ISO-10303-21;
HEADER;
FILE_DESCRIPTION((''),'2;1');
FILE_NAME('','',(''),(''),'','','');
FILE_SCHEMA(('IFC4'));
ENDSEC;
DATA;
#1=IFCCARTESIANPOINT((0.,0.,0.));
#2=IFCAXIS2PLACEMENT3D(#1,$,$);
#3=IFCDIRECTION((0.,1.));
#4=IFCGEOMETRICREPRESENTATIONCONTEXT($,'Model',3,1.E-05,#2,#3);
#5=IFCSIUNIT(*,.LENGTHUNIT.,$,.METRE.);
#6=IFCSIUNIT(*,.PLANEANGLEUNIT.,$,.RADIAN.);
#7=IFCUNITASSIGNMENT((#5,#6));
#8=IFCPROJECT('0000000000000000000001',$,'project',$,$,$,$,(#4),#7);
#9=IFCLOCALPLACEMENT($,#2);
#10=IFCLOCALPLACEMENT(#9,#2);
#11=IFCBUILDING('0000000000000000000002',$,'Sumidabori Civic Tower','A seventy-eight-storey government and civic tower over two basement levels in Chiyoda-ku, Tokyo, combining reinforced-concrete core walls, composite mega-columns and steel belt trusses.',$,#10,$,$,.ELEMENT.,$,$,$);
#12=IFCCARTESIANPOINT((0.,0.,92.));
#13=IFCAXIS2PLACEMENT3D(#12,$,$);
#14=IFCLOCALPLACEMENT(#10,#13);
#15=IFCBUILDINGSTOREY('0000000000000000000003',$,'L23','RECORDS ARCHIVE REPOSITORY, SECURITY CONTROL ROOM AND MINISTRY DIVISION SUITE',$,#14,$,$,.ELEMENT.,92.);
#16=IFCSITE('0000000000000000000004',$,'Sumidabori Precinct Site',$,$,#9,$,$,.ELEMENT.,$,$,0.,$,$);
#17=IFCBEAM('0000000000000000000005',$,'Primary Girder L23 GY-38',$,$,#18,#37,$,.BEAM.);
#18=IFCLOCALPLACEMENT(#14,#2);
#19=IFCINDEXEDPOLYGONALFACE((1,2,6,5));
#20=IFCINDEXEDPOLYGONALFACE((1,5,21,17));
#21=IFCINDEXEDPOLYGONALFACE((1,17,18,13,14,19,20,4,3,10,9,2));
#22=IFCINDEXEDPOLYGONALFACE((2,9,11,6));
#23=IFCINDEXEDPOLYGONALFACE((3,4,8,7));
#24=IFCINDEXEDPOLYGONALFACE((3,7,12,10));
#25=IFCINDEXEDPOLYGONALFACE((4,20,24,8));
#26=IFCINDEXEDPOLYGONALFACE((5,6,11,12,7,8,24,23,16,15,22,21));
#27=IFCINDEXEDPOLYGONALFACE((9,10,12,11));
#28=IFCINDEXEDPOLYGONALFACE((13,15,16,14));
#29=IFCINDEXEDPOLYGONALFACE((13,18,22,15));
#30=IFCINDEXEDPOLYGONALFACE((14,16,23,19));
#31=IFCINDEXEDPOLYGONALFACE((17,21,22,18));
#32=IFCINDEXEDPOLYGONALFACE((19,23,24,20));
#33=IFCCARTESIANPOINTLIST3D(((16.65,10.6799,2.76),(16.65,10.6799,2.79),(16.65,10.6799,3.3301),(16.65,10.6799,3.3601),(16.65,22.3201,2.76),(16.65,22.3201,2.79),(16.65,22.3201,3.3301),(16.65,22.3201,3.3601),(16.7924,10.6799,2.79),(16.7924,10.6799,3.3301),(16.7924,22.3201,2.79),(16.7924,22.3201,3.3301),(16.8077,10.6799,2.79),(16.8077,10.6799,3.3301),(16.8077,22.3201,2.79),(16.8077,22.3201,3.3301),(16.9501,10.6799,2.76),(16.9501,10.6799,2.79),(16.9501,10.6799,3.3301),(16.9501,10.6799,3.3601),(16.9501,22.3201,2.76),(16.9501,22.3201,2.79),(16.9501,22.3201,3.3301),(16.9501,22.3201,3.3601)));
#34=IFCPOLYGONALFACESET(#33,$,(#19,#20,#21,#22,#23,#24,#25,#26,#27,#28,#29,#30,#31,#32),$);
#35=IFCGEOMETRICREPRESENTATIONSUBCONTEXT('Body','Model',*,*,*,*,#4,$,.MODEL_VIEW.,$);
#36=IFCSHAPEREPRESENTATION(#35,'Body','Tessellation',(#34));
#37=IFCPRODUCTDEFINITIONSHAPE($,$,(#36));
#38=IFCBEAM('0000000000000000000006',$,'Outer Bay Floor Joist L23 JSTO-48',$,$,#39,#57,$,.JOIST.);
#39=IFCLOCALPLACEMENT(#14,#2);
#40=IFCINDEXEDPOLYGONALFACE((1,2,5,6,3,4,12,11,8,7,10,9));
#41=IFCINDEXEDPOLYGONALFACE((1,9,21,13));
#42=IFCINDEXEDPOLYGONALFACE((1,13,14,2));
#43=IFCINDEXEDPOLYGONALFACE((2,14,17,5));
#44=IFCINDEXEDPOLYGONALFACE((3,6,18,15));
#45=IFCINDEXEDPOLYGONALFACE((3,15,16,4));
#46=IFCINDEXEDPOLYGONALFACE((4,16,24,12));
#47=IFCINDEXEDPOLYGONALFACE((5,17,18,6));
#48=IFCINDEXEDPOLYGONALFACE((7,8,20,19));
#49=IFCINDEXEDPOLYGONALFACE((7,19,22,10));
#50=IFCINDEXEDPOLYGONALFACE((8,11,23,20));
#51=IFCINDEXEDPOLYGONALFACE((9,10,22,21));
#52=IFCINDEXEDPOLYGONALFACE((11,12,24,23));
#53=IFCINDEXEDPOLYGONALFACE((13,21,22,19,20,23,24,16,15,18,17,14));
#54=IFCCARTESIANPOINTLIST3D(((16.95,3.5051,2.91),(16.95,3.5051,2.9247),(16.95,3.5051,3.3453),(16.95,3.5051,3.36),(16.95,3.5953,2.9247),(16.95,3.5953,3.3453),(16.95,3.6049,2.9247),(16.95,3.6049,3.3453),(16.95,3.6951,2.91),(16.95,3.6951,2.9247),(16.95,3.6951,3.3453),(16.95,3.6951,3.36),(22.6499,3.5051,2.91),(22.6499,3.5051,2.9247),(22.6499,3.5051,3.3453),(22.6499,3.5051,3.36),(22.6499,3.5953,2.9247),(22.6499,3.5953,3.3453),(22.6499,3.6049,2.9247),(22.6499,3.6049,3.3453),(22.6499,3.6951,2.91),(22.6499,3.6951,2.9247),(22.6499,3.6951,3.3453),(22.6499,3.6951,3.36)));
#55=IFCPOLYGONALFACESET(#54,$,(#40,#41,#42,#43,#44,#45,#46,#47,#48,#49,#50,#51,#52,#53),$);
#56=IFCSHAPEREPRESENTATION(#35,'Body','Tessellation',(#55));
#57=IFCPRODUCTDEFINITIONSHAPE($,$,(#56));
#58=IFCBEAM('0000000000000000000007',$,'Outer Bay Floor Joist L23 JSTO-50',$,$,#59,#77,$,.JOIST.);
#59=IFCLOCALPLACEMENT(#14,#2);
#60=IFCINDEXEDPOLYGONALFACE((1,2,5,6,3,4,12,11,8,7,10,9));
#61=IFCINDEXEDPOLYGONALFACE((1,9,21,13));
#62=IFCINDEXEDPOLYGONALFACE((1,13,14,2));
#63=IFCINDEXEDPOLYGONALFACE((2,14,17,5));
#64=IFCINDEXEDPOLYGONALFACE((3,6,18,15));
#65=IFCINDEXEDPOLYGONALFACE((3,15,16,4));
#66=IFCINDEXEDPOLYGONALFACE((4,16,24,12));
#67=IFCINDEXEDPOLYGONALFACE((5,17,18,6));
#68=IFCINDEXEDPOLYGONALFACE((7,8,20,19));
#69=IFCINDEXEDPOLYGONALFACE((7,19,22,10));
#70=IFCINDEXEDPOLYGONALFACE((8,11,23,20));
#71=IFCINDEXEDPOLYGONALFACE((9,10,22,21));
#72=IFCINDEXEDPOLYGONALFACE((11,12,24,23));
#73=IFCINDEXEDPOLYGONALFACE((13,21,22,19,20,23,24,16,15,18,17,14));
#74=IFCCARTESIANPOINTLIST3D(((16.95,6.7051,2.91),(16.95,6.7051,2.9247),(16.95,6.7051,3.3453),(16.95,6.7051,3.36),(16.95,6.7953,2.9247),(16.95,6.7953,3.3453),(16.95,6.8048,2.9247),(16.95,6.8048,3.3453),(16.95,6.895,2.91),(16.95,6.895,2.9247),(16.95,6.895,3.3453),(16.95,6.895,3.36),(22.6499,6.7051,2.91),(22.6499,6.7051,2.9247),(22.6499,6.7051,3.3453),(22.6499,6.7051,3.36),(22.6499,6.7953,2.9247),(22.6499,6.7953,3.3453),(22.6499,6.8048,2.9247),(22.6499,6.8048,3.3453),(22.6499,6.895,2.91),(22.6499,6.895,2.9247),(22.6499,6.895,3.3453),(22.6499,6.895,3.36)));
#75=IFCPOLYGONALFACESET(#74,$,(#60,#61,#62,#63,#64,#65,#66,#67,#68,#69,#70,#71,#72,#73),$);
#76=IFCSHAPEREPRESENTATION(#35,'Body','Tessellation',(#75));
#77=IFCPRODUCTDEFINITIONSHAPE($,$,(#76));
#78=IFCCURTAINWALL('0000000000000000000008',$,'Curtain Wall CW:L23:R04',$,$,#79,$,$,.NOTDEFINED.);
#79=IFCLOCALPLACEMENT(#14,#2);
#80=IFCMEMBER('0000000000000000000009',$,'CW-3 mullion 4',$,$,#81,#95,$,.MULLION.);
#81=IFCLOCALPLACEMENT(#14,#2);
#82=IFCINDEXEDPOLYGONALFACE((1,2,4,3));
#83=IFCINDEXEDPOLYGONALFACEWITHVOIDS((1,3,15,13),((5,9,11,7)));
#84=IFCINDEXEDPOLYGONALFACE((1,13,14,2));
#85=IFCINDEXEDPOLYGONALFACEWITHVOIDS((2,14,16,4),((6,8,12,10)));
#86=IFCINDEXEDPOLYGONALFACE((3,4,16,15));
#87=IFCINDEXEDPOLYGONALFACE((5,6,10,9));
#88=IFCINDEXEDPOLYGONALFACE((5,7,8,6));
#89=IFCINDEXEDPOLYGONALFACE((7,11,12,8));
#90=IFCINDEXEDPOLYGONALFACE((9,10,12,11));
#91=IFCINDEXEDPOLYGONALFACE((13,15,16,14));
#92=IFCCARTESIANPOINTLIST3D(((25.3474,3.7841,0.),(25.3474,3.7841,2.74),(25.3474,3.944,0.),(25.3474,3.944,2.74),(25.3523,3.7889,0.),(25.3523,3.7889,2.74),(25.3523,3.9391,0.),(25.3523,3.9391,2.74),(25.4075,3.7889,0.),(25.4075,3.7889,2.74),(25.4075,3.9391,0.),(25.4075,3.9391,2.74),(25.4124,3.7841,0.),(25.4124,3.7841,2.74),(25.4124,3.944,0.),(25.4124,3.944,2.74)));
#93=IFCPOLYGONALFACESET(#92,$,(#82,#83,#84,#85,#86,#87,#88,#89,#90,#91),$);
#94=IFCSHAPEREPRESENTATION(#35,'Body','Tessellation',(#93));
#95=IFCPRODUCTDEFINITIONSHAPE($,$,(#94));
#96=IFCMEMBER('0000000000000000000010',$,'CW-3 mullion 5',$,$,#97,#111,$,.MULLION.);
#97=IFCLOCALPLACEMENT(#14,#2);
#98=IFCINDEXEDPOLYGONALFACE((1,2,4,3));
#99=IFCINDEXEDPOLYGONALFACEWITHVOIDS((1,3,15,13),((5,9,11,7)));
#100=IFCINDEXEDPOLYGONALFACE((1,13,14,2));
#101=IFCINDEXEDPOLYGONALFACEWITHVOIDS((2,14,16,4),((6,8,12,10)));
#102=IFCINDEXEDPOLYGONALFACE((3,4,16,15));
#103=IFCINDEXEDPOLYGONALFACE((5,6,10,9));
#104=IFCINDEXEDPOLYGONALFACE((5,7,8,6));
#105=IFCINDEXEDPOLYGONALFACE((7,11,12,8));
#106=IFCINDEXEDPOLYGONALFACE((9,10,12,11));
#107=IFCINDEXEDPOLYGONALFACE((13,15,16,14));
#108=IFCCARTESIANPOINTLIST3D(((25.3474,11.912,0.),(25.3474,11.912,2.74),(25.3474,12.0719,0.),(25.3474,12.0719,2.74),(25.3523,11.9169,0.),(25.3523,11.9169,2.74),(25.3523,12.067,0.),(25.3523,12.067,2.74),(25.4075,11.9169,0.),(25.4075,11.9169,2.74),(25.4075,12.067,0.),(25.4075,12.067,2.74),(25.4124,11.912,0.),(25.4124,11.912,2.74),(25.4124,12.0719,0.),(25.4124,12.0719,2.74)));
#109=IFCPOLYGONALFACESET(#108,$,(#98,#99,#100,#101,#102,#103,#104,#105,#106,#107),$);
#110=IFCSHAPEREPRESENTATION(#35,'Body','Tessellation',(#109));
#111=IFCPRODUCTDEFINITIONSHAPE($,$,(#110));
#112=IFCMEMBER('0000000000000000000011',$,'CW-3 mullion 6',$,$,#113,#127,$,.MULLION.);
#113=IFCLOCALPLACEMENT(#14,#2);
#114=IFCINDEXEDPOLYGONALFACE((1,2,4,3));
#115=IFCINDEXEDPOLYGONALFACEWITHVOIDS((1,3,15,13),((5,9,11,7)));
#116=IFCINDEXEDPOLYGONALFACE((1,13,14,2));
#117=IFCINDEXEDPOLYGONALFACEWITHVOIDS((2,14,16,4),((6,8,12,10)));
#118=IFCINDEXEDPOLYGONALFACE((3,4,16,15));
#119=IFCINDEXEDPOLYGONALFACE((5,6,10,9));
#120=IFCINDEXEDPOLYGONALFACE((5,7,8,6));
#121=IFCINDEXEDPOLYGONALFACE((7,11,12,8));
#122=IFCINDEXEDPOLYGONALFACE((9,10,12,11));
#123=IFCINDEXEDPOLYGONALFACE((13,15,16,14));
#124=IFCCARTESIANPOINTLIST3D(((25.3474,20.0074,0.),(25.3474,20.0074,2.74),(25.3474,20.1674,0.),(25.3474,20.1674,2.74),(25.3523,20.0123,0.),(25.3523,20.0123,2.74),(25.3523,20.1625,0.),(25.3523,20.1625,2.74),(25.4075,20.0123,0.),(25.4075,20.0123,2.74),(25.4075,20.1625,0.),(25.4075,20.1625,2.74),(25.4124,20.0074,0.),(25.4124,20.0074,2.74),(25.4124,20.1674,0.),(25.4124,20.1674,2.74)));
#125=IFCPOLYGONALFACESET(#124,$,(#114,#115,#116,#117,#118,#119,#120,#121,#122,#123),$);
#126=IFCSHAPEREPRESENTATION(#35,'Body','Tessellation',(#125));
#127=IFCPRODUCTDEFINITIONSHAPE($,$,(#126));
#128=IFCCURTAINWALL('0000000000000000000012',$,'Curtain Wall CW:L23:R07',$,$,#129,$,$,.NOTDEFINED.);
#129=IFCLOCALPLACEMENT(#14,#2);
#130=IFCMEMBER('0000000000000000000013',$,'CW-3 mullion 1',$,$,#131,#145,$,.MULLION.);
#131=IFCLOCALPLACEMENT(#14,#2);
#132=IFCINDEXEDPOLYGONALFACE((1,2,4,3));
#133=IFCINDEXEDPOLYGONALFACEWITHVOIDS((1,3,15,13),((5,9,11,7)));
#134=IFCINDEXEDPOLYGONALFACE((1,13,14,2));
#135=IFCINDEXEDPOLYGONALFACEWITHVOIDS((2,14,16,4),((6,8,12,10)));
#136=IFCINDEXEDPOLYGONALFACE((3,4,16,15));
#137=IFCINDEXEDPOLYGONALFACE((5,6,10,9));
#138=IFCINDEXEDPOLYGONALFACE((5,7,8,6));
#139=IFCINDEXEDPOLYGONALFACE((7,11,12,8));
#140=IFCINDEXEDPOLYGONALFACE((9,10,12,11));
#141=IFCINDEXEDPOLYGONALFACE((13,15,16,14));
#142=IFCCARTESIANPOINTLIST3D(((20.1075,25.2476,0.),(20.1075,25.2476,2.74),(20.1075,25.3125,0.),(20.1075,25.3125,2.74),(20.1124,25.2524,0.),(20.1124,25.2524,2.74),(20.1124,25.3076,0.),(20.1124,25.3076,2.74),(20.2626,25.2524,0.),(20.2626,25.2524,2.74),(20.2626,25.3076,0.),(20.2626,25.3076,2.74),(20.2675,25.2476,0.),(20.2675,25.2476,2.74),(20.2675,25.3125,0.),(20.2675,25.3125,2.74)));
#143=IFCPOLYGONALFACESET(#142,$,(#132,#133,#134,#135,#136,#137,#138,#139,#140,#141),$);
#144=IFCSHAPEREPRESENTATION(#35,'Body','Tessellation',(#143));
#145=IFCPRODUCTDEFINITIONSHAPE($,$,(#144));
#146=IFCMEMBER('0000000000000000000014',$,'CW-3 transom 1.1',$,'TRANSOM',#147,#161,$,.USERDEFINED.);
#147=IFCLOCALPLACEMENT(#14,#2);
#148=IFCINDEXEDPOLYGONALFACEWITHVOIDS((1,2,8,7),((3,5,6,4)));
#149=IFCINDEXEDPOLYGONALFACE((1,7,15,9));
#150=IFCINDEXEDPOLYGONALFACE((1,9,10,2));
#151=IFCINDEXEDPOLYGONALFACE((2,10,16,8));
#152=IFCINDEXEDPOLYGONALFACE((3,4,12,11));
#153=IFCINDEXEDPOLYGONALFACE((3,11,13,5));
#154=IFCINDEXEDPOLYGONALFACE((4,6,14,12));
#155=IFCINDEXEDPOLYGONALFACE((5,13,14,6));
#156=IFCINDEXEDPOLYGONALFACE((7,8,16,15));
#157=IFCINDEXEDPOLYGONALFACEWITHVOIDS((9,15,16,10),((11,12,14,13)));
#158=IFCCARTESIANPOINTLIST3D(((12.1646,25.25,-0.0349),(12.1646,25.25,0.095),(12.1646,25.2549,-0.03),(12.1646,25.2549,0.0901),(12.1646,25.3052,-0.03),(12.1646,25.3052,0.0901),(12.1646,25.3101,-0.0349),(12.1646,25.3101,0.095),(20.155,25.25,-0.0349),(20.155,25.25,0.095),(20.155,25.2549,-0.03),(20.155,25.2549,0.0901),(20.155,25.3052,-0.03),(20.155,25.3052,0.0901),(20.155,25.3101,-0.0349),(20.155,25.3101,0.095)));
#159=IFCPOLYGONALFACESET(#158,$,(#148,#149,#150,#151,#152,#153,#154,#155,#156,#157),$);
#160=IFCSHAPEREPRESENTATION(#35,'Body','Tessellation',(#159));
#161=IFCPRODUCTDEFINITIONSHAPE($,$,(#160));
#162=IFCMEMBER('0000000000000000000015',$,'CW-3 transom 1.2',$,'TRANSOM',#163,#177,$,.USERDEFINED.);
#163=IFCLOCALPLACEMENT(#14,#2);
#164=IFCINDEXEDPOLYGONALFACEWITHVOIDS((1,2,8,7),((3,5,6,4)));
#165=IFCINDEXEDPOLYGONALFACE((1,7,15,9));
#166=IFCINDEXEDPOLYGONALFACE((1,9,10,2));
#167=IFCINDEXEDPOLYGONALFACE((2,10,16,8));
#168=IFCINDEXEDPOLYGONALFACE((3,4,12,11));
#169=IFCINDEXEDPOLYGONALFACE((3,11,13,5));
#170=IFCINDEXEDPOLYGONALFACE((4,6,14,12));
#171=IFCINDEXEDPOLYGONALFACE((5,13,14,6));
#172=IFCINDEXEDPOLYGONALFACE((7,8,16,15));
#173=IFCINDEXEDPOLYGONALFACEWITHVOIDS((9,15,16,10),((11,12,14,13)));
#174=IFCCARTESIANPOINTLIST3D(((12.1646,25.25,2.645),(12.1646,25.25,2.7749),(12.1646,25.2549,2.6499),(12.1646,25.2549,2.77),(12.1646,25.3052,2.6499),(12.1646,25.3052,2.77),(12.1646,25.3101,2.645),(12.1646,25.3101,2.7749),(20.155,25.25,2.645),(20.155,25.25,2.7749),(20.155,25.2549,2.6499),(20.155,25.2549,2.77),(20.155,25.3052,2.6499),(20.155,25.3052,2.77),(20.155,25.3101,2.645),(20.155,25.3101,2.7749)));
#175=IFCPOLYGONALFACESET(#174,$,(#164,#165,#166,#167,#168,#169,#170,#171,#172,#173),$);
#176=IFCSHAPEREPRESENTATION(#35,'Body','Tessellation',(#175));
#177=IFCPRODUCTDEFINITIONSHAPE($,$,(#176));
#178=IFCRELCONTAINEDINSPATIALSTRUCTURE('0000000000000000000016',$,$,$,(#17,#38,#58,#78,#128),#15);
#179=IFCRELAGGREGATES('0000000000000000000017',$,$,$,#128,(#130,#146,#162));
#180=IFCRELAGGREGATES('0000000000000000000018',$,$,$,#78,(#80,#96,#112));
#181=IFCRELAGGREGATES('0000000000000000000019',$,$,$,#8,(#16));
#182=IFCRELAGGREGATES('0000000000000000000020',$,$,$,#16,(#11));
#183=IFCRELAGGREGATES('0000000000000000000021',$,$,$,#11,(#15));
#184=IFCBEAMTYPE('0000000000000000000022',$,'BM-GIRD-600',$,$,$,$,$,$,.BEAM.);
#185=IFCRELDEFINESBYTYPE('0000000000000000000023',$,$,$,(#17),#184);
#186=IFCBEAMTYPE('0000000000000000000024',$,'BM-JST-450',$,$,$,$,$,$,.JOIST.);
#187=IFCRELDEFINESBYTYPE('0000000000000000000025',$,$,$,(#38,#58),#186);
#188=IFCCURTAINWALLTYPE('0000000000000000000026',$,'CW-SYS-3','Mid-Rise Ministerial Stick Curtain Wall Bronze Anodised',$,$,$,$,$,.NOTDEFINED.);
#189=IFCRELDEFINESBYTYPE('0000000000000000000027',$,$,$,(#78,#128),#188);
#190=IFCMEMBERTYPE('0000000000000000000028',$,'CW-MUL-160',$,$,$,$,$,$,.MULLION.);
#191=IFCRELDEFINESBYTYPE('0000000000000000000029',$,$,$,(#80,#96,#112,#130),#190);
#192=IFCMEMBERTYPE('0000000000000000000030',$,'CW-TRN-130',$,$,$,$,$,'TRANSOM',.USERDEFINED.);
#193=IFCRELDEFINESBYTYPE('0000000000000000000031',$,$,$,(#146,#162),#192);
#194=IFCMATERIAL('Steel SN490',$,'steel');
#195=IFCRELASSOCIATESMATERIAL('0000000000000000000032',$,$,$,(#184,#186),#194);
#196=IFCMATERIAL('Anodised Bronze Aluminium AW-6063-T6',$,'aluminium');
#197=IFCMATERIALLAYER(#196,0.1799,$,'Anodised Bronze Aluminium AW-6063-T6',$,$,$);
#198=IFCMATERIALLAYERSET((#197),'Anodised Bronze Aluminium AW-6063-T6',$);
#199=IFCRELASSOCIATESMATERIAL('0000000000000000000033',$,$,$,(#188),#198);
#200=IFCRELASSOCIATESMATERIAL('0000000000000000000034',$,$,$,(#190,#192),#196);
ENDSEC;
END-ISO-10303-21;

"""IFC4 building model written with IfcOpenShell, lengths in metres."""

from ifc_helpers import new_model, si_unit, direction, frame, origin, origin_2d, place, context, subcontext, project, spatial, hollow_rectangle, i_section, extrude, source, transform, mapped, material, layer, layer_set, material_profile, profile_set, type_object, element, aggregate, save


model = new_model("IFC4")

# Units and contexts
model_context = context("Model", 3, precision=1e-05, world=origin(), true_north=direction((0.0, 1.0)))
body_context = subcontext(model_context, "Body", "Model", "MODEL_VIEW")
ifc_project = project(units=[si_unit("LENGTHUNIT", "METRE"), si_unit("PLANEANGLEUNIT", "RADIAN")], contexts=[model_context])

# Site, building, storey
site_placement = place(None, origin())
site = spatial("IfcSite", under=ifc_project, at=site_placement, Name="Sumidabori Precinct Site", CompositionType="ELEMENT", RefElevation=0.0)
building_placement = place(site_placement, origin())
building = spatial("IfcBuilding", under=site, at=building_placement, Name="Sumidabori Civic Tower", Description="A seventy-eight-storey government and civic tower over two basement levels in Chiyoda-ku, Tokyo, combining reinforced-concrete core walls, composite mega-columns and steel belt trusses.", CompositionType="ELEMENT")
storey_placement = place(building_placement, frame((0.0, 0.0, 92.0)))
storey = spatial("IfcBuildingStorey", under=building, at=storey_placement, Name="L23", Description="RECORDS ARCHIVE REPOSITORY, SECURITY CONTROL ROOM AND MINISTRY DIVISION SUITE", CompositionType="ELEMENT", Elevation=92.0)

# Beams
ifc_material_1 = material(Name="Steel SN490", Category="steel")
ifc_material_profile_1 = material_profile(ifc_material_1, i_section(OverallWidth=0.3, OverallDepth=0.6001, WebThickness=0.0154, FlangeThickness=0.03, at=origin_2d()), Name="HE 600 B")
ifc_profile_set_1 = profile_set([ifc_material_profile_1], Name="Steel SN490")
beam_type_1 = type_object("IfcBeamType", Name="BM-GIRD-600", PredefinedType="BEAM", material=ifc_profile_set_1)
shared_shape_1 = source(origin(), body_context, "Body", "SweptSolid", [
    extrude(i_section(OverallWidth=0.3, OverallDepth=0.6001, WebThickness=0.0154, FlangeThickness=0.03, at=origin_2d()), origin(), (0.0, 0.0, 1.0), 11.6401),
])
beam_1_placement = place(storey_placement, frame((16.8, 10.6799, 3.0601), z_axis=(0.0, 1.0, 0.0), x_axis=(-1.0, 0.0, 0.0)))
element("IfcBeam", 1, at=beam_1_placement, inside=storey, type_object=beam_type_1, Name="Primary Girder L23 GY-38", PredefinedType="BEAM", context=body_context, shape_type="MappedRepresentation", body=[
    mapped(shared_shape_1, transform((0.0, 0.0, 0.0), x_axis=(1.0, 0.0, 0.0), y_axis=(0.0, 1.0, 0.0), z_axis=(0.0, 0.0, 1.0), scale=1.0)),
])
ifc_material_profile_2 = material_profile(ifc_material_1, i_section(OverallWidth=0.1899, OverallDepth=0.45, WebThickness=0.0095, FlangeThickness=0.0146, at=origin_2d()), Name="IPE 450")
ifc_profile_set_2 = profile_set([ifc_material_profile_2], Name="Steel SN490")
beam_type_2 = type_object("IfcBeamType", Name="BM-JST-450", PredefinedType="JOIST", material=ifc_profile_set_2)
shared_shape_2 = source(origin(), body_context, "Body", "SweptSolid", [
    extrude(i_section(OverallWidth=0.1899, OverallDepth=0.45, WebThickness=0.0095, FlangeThickness=0.0146, at=origin_2d()), origin(), (0.0, 0.0, 1.0), 5.7),
])
for number, where, z_axis, x_axis, name in (
    (2, (16.95, 3.6001, 3.135), (1.0, 0.0, 0.0), (0.0, 1.0, 0.0), "Outer Bay Floor Joist L23 JSTO-48"),
    (3, (16.95, 6.8, 3.135), (1.0, 0.0, 0.0), (0.0, 1.0, 0.0), "Outer Bay Floor Joist L23 JSTO-50"),
):
    element("IfcBeam", number, at=place(storey_placement, frame(where, z_axis=z_axis, x_axis=x_axis)), inside=storey, type_object=beam_type_2, Name=name, PredefinedType="JOIST", context=body_context, shape_type="MappedRepresentation", body=[
        mapped(shared_shape_2, transform((0.0, 0.0, 0.0), x_axis=(1.0, 0.0, 0.0), y_axis=(0.0, 1.0, 0.0), z_axis=(0.0, 0.0, 1.0), scale=1.0)),
    ])

# Curtain walls, members
ifc_material_2 = material(Name="Anodised Bronze Aluminium AW-6063-T6", Category="aluminium")
ifc_layer_1 = layer(ifc_material_2, 0.1799, Name="Anodised Bronze Aluminium AW-6063-T6")
ifc_layer_set_1 = layer_set([ifc_layer_1], Name="Anodised Bronze Aluminium AW-6063-T6")
curtain_wall_type = type_object("IfcCurtainWallType", Name="CW-SYS-3", Description="Mid-Rise Ministerial Stick Curtain Wall Bronze Anodised", PredefinedType="NOTDEFINED", material=ifc_layer_set_1)
curtain_wall_1_placement = place(storey_placement, origin())
curtain_wall_1 = element("IfcCurtainWall", 4, at=curtain_wall_1_placement, inside=storey, type_object=curtain_wall_type, Name="Curtain Wall CW:L23:R04", PredefinedType="NOTDEFINED")
ifc_material_profile_3 = material_profile(ifc_material_2, hollow_rectangle(XDim=0.0649, YDim=0.1599, WallThickness=0.0049, at=origin_2d()), Name="ALU MULLION 160x65")
ifc_profile_set_3 = profile_set([ifc_material_profile_3], Name="Anodised Bronze Aluminium AW-6063-T6")
member_type_1 = type_object("IfcMemberType", Name="CW-MUL-160", PredefinedType="MULLION", material=ifc_profile_set_3)
shared_shape_3 = source(origin(), body_context, "Body", "SweptSolid", [
    extrude(hollow_rectangle(XDim=0.0649, YDim=0.1599, WallThickness=0.0049, at=origin_2d()), origin(), (0.0, 0.0, 1.0), 2.74),
])
member_1_placement = place(storey_placement, frame((25.3799, 3.864, 0.0), z_axis=(0.0, 0.0, 1.0), x_axis=(-1.0, 0.0, 0.0)))
member_1 = element("IfcMember", 5, at=member_1_placement, type_object=member_type_1, Name="CW-3 mullion 4", PredefinedType="MULLION", context=body_context, shape_type="MappedRepresentation", body=[
    mapped(shared_shape_3, transform((0.0, 0.0, 0.0), x_axis=(1.0, 0.0, 0.0), y_axis=(0.0, 1.0, 0.0), z_axis=(0.0, 0.0, 1.0), scale=1.0)),
])
member_2_placement = place(storey_placement, frame((25.3799, 11.9919, 0.0), z_axis=(0.0, 0.0, 1.0), x_axis=(-1.0, 0.0, 0.0)))
member_2 = element("IfcMember", 6, at=member_2_placement, type_object=member_type_1, Name="CW-3 mullion 5", PredefinedType="MULLION", context=body_context, shape_type="MappedRepresentation", body=[
    mapped(shared_shape_3, transform((0.0, 0.0, 0.0), x_axis=(1.0, 0.0, 0.0), y_axis=(0.0, 1.0, 0.0), z_axis=(0.0, 0.0, 1.0), scale=1.0)),
])
member_3_placement = place(storey_placement, frame((25.3799, 20.0874, 0.0), z_axis=(0.0, 0.0, 1.0), x_axis=(-1.0, 0.0, 0.0)))
member_3 = element("IfcMember", 7, at=member_3_placement, type_object=member_type_1, Name="CW-3 mullion 6", PredefinedType="MULLION", context=body_context, shape_type="MappedRepresentation", body=[
    mapped(shared_shape_3, transform((0.0, 0.0, 0.0), x_axis=(1.0, 0.0, 0.0), y_axis=(0.0, 1.0, 0.0), z_axis=(0.0, 0.0, 1.0), scale=1.0)),
])
curtain_wall_2_placement = place(storey_placement, origin())
curtain_wall_2 = element("IfcCurtainWall", 8, at=curtain_wall_2_placement, inside=storey, type_object=curtain_wall_type, Name="Curtain Wall CW:L23:R07", PredefinedType="NOTDEFINED")
member_4_placement = place(storey_placement, frame((20.1875, 25.28, 0.0), z_axis=(0.0, 0.0, 1.0), x_axis=(0.0, -1.0, 0.0)))
member_4 = element("IfcMember", 9, at=member_4_placement, type_object=member_type_1, Name="CW-3 mullion 1", PredefinedType="MULLION", context=body_context, shape_type="MappedRepresentation", body=[
    mapped(shared_shape_3, transform((0.0, 0.0, 0.0), x_axis=(1.0, 0.0, 0.0), y_axis=(0.0, 1.0, 0.0), z_axis=(0.0, 0.0, 1.0), scale=1.0)),
])
ifc_material_profile_4 = material_profile(ifc_material_2, hollow_rectangle(XDim=0.0601, YDim=0.1299, WallThickness=0.0049, at=origin_2d()), Name="ALU TRANSOM 130x60")
ifc_profile_set_4 = profile_set([ifc_material_profile_4], Name="Anodised Bronze Aluminium AW-6063-T6")
member_type_2 = type_object("IfcMemberType", Name="CW-TRN-130", ElementType="TRANSOM", PredefinedType="USERDEFINED", material=ifc_profile_set_4)
shared_shape_4 = source(origin(), body_context, "Body", "SweptSolid", [
    extrude(hollow_rectangle(XDim=0.0601, YDim=0.1299, WallThickness=0.0049, at=origin_2d()), origin(), (0.0, 0.0, 1.0), 7.9905),
])
member_5_placement = place(storey_placement, frame((20.155, 25.28, 0.03), z_axis=(-1.0, 0.0, 0.0), x_axis=(0.0, -1.0, 0.0)))
member_5 = element("IfcMember", 10, at=member_5_placement, type_object=member_type_2, Name="CW-3 transom 1.1", ObjectType="TRANSOM", PredefinedType="USERDEFINED", context=body_context, shape_type="MappedRepresentation", body=[
    mapped(shared_shape_4, transform((0.0, 0.0, 0.0), x_axis=(1.0, 0.0, 0.0), y_axis=(0.0, 1.0, 0.0), z_axis=(0.0, 0.0, 1.0), scale=1.0)),
])
member_6_placement = place(storey_placement, frame((20.155, 25.28, 2.71), z_axis=(-1.0, 0.0, 0.0), x_axis=(0.0, -1.0, 0.0)))
member_6 = element("IfcMember", 11, at=member_6_placement, type_object=member_type_2, Name="CW-3 transom 1.2", ObjectType="TRANSOM", PredefinedType="USERDEFINED", context=body_context, shape_type="MappedRepresentation", body=[
    mapped(shared_shape_4, transform((0.0, 0.0, 0.0), x_axis=(1.0, 0.0, 0.0), y_axis=(0.0, 1.0, 0.0), z_axis=(0.0, 0.0, 1.0), scale=1.0)),
])

aggregate(curtain_wall_2, [member_4, member_5, member_6])
aggregate(curtain_wall_1, [member_1, member_2, member_3])

save(model, "model.ifc")
